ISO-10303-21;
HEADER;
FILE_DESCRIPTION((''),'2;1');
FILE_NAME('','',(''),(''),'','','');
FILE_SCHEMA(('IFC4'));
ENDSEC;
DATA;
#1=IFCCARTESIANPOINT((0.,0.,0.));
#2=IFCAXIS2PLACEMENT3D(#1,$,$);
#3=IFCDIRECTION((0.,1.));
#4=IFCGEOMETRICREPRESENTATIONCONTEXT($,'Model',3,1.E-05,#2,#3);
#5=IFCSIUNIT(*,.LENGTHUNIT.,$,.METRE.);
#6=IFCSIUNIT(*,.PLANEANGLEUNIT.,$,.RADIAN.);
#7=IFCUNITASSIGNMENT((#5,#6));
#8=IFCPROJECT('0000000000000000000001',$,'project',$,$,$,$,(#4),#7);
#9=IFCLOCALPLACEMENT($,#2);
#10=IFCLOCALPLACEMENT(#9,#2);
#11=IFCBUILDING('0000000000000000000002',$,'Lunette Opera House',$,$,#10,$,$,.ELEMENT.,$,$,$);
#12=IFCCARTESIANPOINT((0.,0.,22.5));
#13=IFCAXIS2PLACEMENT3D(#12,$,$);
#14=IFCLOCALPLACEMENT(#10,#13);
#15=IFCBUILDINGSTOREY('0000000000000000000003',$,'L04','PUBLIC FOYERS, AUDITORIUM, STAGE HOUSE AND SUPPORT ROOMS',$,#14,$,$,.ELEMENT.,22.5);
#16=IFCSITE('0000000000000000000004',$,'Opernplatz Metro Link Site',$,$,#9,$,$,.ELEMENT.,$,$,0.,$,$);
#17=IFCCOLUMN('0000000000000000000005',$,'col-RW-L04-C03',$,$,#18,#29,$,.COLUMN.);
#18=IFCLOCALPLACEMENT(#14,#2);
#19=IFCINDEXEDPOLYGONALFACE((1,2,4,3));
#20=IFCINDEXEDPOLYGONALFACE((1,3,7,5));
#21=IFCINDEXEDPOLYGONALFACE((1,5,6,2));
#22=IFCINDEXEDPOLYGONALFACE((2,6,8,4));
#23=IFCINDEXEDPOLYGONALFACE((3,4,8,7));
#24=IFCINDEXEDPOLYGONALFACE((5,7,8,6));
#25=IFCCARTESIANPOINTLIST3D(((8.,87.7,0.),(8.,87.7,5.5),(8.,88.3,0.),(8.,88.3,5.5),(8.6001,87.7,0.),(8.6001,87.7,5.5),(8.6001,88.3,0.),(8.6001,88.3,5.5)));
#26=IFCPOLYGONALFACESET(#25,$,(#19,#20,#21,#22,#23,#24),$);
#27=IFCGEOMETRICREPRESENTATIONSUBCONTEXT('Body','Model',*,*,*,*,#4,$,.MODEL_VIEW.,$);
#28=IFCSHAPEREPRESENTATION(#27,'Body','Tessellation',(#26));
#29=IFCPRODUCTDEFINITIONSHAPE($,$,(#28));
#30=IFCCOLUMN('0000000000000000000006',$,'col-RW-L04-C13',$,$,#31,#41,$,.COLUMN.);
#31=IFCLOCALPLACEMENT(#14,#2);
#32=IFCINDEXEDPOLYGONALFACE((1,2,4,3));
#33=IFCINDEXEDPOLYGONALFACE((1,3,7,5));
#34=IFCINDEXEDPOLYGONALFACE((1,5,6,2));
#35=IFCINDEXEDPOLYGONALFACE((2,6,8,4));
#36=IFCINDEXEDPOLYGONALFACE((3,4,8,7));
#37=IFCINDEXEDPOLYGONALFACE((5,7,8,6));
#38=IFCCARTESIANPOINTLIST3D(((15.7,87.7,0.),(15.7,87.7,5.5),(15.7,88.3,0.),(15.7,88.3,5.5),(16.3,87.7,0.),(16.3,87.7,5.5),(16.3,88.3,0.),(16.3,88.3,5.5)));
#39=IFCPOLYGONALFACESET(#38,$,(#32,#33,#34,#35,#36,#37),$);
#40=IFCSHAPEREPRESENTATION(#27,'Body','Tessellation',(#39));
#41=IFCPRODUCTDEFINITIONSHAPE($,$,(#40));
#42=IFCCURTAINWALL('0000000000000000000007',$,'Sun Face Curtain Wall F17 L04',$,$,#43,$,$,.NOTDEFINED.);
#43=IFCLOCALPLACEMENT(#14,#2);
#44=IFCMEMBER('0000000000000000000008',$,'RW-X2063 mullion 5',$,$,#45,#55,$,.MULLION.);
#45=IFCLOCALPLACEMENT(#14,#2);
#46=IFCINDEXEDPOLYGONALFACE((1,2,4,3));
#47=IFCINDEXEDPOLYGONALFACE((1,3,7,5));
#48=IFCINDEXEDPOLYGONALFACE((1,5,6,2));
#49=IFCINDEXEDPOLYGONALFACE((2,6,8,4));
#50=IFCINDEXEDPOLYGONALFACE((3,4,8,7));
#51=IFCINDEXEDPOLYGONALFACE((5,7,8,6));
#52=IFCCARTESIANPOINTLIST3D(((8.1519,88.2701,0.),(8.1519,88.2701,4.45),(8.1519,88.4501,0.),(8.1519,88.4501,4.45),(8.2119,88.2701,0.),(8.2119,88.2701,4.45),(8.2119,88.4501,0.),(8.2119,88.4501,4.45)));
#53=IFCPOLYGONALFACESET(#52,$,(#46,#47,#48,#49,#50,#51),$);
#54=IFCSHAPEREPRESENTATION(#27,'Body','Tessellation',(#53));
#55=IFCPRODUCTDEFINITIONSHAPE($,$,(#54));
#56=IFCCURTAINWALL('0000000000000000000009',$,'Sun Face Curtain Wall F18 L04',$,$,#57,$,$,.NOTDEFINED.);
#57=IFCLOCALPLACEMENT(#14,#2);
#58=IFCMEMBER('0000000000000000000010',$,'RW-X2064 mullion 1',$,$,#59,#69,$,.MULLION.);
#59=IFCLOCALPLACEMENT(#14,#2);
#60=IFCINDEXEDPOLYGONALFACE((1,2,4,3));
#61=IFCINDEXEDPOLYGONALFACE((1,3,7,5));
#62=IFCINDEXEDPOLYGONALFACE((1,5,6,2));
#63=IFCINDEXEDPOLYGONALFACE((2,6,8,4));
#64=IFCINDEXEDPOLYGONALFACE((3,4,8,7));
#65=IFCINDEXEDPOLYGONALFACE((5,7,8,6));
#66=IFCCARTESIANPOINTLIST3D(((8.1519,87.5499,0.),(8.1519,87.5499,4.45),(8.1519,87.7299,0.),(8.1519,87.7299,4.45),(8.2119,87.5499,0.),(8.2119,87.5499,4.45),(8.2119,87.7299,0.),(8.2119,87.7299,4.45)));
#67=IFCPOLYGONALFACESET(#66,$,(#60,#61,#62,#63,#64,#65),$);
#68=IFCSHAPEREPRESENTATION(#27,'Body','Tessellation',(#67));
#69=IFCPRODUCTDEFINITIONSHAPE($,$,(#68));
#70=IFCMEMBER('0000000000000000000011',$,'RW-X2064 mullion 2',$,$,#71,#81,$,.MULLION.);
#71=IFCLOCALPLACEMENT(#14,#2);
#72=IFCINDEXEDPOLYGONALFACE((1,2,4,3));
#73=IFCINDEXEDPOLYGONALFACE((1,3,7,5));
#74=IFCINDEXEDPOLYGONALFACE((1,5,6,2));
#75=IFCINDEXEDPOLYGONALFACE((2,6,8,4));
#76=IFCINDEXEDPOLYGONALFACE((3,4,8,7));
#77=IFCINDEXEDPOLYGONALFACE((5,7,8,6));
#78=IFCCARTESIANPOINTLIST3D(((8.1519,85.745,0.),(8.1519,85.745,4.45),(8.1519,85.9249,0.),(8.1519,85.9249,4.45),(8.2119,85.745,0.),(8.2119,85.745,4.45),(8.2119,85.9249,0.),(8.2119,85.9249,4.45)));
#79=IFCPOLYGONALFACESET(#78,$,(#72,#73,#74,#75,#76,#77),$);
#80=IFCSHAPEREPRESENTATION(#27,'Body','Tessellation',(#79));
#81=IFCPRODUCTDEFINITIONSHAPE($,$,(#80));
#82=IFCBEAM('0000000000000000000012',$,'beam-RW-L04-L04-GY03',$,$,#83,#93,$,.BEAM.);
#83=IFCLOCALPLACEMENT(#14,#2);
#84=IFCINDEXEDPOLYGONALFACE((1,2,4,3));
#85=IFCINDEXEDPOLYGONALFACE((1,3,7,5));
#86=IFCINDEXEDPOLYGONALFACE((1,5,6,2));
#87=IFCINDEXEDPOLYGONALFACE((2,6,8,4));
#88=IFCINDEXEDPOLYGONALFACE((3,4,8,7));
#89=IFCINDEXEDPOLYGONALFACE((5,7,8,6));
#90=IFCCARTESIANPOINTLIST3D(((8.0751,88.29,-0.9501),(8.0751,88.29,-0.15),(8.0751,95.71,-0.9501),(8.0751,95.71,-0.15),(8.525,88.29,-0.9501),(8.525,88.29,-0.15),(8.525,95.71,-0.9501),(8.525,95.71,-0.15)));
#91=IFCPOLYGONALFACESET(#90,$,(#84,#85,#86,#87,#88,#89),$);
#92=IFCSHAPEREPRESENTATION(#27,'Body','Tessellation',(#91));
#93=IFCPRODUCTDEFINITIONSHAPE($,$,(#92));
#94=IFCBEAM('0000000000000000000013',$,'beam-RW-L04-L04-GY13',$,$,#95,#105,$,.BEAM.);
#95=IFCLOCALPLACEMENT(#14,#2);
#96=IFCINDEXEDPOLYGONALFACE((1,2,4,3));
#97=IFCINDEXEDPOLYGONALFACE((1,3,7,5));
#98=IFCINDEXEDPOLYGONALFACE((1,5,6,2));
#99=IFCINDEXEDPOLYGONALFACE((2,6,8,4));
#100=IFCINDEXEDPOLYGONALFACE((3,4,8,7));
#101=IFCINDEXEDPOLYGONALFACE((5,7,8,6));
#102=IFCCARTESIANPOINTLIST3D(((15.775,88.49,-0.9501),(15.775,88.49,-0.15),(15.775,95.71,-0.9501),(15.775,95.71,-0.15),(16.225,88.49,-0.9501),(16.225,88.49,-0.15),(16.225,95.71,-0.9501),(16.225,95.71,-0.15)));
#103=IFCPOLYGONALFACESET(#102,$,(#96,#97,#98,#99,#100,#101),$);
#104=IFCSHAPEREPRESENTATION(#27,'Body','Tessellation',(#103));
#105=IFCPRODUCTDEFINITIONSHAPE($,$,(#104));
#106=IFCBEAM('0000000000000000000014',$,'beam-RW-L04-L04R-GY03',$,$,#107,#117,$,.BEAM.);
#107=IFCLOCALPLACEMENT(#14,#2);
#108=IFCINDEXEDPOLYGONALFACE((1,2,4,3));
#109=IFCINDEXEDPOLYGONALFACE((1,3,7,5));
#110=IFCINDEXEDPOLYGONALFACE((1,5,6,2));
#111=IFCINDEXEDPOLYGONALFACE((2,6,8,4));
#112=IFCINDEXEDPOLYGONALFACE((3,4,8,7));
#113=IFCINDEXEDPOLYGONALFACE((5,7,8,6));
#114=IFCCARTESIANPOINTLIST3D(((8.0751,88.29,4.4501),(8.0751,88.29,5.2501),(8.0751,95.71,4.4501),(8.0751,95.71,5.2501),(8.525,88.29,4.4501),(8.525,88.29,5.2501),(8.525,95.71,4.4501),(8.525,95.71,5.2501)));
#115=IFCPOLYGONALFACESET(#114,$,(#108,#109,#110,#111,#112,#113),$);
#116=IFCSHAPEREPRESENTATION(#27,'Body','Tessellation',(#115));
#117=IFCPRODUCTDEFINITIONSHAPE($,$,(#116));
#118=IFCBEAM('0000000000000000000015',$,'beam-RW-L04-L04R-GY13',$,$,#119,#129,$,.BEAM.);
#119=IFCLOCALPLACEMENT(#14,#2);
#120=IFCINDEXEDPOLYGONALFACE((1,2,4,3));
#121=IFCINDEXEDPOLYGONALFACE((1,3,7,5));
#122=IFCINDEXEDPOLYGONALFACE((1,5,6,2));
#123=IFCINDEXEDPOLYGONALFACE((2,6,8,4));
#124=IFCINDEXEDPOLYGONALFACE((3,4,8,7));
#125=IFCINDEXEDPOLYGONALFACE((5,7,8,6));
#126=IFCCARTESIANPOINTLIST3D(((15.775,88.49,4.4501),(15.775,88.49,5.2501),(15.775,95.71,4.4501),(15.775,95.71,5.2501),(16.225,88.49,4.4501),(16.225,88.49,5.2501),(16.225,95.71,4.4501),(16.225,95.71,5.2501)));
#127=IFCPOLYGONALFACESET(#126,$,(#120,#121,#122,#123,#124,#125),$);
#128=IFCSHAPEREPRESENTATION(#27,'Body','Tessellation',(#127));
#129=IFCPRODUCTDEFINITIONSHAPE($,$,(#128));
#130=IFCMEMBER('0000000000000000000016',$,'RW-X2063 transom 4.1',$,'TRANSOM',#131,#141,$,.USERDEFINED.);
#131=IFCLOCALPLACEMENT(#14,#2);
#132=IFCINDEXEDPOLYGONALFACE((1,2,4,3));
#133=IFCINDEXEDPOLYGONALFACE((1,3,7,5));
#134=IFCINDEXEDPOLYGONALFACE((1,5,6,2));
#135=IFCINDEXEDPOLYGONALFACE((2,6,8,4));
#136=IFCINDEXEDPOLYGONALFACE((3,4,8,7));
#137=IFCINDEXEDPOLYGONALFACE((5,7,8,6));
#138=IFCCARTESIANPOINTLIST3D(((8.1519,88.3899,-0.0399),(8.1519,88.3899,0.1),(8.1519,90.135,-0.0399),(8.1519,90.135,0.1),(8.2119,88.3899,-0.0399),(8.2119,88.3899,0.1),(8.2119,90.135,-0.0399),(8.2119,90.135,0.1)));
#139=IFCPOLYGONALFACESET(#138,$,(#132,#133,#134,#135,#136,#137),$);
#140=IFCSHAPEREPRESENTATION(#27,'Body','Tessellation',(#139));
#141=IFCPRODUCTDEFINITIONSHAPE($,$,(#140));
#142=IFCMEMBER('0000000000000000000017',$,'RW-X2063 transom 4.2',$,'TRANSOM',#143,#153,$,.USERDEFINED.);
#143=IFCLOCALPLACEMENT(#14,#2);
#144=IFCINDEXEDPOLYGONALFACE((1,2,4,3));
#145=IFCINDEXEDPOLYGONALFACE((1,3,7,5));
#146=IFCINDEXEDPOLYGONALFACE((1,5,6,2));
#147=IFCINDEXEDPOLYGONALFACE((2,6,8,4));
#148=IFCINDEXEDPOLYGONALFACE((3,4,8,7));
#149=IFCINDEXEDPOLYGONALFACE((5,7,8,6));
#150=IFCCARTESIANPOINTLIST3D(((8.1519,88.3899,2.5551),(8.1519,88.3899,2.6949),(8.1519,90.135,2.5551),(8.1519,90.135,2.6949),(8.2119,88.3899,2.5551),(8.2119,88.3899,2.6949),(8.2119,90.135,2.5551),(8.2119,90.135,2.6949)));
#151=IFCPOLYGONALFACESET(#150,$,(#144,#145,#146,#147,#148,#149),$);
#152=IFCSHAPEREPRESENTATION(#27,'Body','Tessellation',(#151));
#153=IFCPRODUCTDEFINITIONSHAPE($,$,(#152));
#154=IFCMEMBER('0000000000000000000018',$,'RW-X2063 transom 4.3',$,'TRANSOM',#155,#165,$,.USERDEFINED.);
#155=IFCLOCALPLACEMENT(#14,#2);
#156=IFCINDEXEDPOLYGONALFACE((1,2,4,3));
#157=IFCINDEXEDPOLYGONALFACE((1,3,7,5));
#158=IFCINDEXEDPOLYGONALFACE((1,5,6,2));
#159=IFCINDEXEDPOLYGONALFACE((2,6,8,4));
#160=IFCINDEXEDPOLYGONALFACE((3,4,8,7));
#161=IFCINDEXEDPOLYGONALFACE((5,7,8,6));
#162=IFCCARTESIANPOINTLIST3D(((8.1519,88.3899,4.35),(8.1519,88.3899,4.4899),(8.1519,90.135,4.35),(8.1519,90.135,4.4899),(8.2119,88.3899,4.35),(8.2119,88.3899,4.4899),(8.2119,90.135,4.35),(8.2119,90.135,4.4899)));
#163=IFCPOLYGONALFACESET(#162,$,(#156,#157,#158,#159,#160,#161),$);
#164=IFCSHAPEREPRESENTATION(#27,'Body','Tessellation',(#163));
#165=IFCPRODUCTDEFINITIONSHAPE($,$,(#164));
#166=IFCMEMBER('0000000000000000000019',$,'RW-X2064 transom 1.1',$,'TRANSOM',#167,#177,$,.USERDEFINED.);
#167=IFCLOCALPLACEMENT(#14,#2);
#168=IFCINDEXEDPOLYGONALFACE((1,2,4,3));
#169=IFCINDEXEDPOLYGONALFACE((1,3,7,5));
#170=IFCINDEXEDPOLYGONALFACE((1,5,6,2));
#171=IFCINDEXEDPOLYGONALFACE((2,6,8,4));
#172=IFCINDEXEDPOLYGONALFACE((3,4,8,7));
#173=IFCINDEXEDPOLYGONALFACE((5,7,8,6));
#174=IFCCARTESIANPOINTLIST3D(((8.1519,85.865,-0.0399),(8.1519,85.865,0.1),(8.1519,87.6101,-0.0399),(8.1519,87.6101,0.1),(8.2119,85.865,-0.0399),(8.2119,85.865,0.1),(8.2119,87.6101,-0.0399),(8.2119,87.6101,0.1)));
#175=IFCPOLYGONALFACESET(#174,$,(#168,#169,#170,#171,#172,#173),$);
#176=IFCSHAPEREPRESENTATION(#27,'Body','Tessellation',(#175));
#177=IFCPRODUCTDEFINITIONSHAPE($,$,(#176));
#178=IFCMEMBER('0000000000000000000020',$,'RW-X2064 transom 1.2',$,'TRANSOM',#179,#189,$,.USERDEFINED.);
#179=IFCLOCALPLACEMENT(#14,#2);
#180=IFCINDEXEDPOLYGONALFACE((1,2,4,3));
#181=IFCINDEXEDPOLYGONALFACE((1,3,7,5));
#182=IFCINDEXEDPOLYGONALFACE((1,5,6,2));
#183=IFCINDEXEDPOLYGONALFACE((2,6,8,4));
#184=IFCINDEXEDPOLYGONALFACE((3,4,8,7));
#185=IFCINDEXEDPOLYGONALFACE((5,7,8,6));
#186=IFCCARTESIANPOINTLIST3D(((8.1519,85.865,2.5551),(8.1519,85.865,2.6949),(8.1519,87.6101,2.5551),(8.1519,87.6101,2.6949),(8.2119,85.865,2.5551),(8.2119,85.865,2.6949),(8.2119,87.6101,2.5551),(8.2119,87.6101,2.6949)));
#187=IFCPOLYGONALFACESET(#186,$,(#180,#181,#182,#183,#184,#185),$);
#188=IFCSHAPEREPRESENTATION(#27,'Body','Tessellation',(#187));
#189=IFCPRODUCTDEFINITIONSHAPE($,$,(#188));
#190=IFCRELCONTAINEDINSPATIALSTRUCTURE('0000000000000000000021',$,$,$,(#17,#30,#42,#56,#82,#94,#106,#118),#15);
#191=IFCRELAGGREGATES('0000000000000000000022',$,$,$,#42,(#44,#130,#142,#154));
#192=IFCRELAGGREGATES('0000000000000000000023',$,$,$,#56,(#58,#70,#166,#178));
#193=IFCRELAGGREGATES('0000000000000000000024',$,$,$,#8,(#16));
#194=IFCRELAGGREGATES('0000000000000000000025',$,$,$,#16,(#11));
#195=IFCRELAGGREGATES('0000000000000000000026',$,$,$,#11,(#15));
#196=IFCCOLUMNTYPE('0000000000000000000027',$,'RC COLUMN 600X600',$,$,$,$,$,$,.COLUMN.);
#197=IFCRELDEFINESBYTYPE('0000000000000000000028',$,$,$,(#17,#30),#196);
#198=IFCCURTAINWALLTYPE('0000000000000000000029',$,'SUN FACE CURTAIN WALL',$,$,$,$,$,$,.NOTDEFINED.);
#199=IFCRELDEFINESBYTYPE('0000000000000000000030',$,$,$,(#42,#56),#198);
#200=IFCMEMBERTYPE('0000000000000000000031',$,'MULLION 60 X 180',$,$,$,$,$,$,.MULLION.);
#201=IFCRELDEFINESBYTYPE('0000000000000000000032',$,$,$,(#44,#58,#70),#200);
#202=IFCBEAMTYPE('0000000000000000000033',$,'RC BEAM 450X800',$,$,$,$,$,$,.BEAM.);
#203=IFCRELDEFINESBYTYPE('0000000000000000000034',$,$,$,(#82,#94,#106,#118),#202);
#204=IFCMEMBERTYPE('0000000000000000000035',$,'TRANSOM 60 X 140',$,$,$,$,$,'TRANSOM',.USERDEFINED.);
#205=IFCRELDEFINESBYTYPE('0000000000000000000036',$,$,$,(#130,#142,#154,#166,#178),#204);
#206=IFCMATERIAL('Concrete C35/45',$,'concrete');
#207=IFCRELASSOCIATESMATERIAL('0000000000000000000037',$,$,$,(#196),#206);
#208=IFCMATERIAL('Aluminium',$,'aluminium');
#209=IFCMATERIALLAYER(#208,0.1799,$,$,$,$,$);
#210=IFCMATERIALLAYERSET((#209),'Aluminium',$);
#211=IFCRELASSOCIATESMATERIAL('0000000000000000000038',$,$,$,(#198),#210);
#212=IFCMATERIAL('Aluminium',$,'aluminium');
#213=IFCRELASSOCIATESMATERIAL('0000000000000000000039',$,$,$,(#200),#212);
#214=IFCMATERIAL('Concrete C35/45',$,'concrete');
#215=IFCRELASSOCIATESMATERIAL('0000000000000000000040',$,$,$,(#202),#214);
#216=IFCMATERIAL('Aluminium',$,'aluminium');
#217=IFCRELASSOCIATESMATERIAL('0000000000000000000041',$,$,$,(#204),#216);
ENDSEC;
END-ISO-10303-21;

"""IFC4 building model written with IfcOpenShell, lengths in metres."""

from ifc_helpers import new_model, si_unit, direction, frame, origin, origin_2d, place, context, subcontext, project, spatial, rectangle, extrude, material, layer, layer_set, material_profile, profile_set, type_object, element, aggregate, save


model = new_model("IFC4")

# Units and contexts
model_context = context("Model", 3, precision=1e-05, world=origin(), true_north=direction((0.0, 1.0)))
body_context = subcontext(model_context, "Body", "Model", "MODEL_VIEW")
ifc_project = project(units=[si_unit("LENGTHUNIT", "METRE"), si_unit("PLANEANGLEUNIT", "RADIAN")], contexts=[model_context])

# Site, building, storey
site_placement = place(None, origin())
site = spatial("IfcSite", under=ifc_project, at=site_placement, Name="Opernplatz Metro Link Site", CompositionType="ELEMENT", RefElevation=0.0)
building_placement = place(site_placement, origin())
building = spatial("IfcBuilding", under=site, at=building_placement, Name="Lunette Opera House", CompositionType="ELEMENT")
storey_placement = place(building_placement, frame((0.0, 0.0, 22.5)))
storey = spatial("IfcBuildingStorey", under=building, at=storey_placement, Name="L04", Description="PUBLIC FOYERS, AUDITORIUM, STAGE HOUSE AND SUPPORT ROOMS", CompositionType="ELEMENT", Elevation=22.5)

# Columns
ifc_material_1 = material(Name="Concrete C35/45", Category="concrete")
ifc_material_profile_1 = material_profile(ifc_material_1, rectangle(XDim=0.6001, YDim=0.6001, at=origin_2d()), Name="RC COLUMN 600X600")
ifc_profile_set_1 = profile_set([ifc_material_profile_1], Name="Concrete C35/45")
column_type = type_object("IfcColumnType", Name="RC COLUMN 600X600", PredefinedType="COLUMN", material=ifc_profile_set_1)
for number, where, z_axis, x_axis, name in (
    (1, (8.3, 88.0, 0.0), (0.0, 0.0, 1.0), (1.0, 0.0, 0.0), "col-RW-L04-C03"),
    (2, (16.0, 88.0, 0.0), (0.0, 0.0, 1.0), (1.0, 0.0, 0.0), "col-RW-L04-C13"),
):
    element("IfcColumn", number, at=place(storey_placement, frame(where, z_axis=z_axis, x_axis=x_axis)), inside=storey, type_object=column_type, Name=name, PredefinedType="COLUMN", context=body_context, shape_type="SweptSolid", body=[
        extrude(rectangle(XDim=0.6001, YDim=0.6001, at=origin_2d()), origin(), (0.0, 0.0, 1.0), 5.5),
    ])

# Curtain wall, member
ifc_material_2 = material(Name="Aluminium", Category="aluminium")
ifc_layer_1 = layer(ifc_material_2, 0.1799)
ifc_layer_set_1 = layer_set([ifc_layer_1], Name="Aluminium")
curtain_wall_type = type_object("IfcCurtainWallType", Name="SUN FACE CURTAIN WALL", PredefinedType="NOTDEFINED", material=ifc_layer_set_1)
curtain_wall_1_placement = place(storey_placement, origin())
curtain_wall_1 = element("IfcCurtainWall", 3, at=curtain_wall_1_placement, inside=storey, type_object=curtain_wall_type, Name="Sun Face Curtain Wall F17 L04", PredefinedType="NOTDEFINED")
ifc_material_3 = material(Name="Aluminium", Category="aluminium")
ifc_material_profile_2 = material_profile(ifc_material_3, rectangle(XDim=0.0601, YDim=0.1799, at=origin_2d()), Name="MULLION 60 X 180")
ifc_profile_set_2 = profile_set([ifc_material_profile_2], Name="Aluminium")
member_type_1 = type_object("IfcMemberType", Name="MULLION 60 X 180", PredefinedType="MULLION", material=ifc_profile_set_2)
member_1_placement = place(storey_placement, frame((8.1819, 88.3601, 0.0), z_axis=(0.0, 0.0, 1.0), x_axis=(1.0, 0.0, 0.0)))
member_1 = element("IfcMember", 4, at=member_1_placement, type_object=member_type_1, Name="RW-X2063 mullion 5", PredefinedType="MULLION", context=body_context, shape_type="SweptSolid", body=[
    extrude(rectangle(XDim=0.0601, YDim=0.1799, at=origin_2d()), origin(), (0.0, 0.0, 1.0), 4.45),
])

# Curtain wall, members
curtain_wall_2_placement = place(storey_placement, origin())
curtain_wall_2 = element("IfcCurtainWall", 5, at=curtain_wall_2_placement, inside=storey, type_object=curtain_wall_type, Name="Sun Face Curtain Wall F18 L04", PredefinedType="NOTDEFINED")
member_2_placement = place(storey_placement, frame((8.1819, 87.6399, 0.0), z_axis=(0.0, 0.0, 1.0), x_axis=(1.0, 0.0, 0.0)))
member_2 = element("IfcMember", 6, at=member_2_placement, type_object=member_type_1, Name="RW-X2064 mullion 1", PredefinedType="MULLION", context=body_context, shape_type="SweptSolid", body=[
    extrude(rectangle(XDim=0.0601, YDim=0.1799, at=origin_2d()), origin(), (0.0, 0.0, 1.0), 4.45),
])
member_3_placement = place(storey_placement, frame((8.1819, 85.835, 0.0), z_axis=(0.0, 0.0, 1.0), x_axis=(1.0, 0.0, 0.0)))
member_3 = element("IfcMember", 7, at=member_3_placement, type_object=member_type_1, Name="RW-X2064 mullion 2", PredefinedType="MULLION", context=body_context, shape_type="SweptSolid", body=[
    extrude(rectangle(XDim=0.0601, YDim=0.1799, at=origin_2d()), origin(), (0.0, 0.0, 1.0), 4.45),
])

# Beams
ifc_material_4 = material(Name="Concrete C35/45", Category="concrete")
ifc_material_profile_3 = material_profile(ifc_material_4, rectangle(XDim=0.45, YDim=0.8, at=origin_2d()), Name="RC BEAM 450X800")
ifc_profile_set_3 = profile_set([ifc_material_profile_3], Name="Concrete C35/45")
beam_type = type_object("IfcBeamType", Name="RC BEAM 450X800", PredefinedType="BEAM", material=ifc_profile_set_3)
beam_1_placement = place(storey_placement, frame((8.3, 88.29, -0.55), z_axis=(0.0, 1.0, 0.0), x_axis=(-1.0, 0.0, 0.0)))
element("IfcBeam", 8, at=beam_1_placement, inside=storey, type_object=beam_type, Name="beam-RW-L04-L04-GY03", PredefinedType="BEAM", context=body_context, shape_type="SweptSolid", body=[
    extrude(rectangle(XDim=0.45, YDim=0.8, at=origin_2d()), origin(), (0.0, 0.0, 1.0), 7.4199),
])
beam_2_placement = place(storey_placement, frame((16.0, 88.49, -0.55), z_axis=(0.0, 1.0, 0.0), x_axis=(-1.0, 0.0, 0.0)))
element("IfcBeam", 9, at=beam_2_placement, inside=storey, type_object=beam_type, Name="beam-RW-L04-L04-GY13", PredefinedType="BEAM", context=body_context, shape_type="SweptSolid", body=[
    extrude(rectangle(XDim=0.45, YDim=0.8, at=origin_2d()), origin(), (0.0, 0.0, 1.0), 7.22),
])
beam_3_placement = place(storey_placement, frame((8.3, 88.29, 4.8501), z_axis=(0.0, 1.0, 0.0), x_axis=(-1.0, 0.0, 0.0)))
element("IfcBeam", 10, at=beam_3_placement, inside=storey, type_object=beam_type, Name="beam-RW-L04-L04R-GY03", PredefinedType="BEAM", context=body_context, shape_type="SweptSolid", body=[
    extrude(rectangle(XDim=0.45, YDim=0.8, at=origin_2d()), origin(), (0.0, 0.0, 1.0), 7.4199),
])
beam_4_placement = place(storey_placement, frame((16.0, 88.49, 4.8501), z_axis=(0.0, 1.0, 0.0), x_axis=(-1.0, 0.0, 0.0)))
element("IfcBeam", 11, at=beam_4_placement, inside=storey, type_object=beam_type, Name="beam-RW-L04-L04R-GY13", PredefinedType="BEAM", context=body_context, shape_type="SweptSolid", body=[
    extrude(rectangle(XDim=0.45, YDim=0.8, at=origin_2d()), origin(), (0.0, 0.0, 1.0), 7.22),
])

# Members
ifc_material_5 = material(Name="Aluminium", Category="aluminium")
ifc_material_profile_4 = material_profile(ifc_material_5, rectangle(XDim=0.0601, YDim=0.1399, at=origin_2d()), Name="TRANSOM 60 X 140")
ifc_profile_set_4 = profile_set([ifc_material_profile_4], Name="Aluminium")
member_type_2 = type_object("IfcMemberType", Name="TRANSOM 60 X 140", ElementType="TRANSOM", PredefinedType="USERDEFINED", material=ifc_profile_set_4)
member_4_placement = place(storey_placement, frame((8.1819, 90.135, 0.03), z_axis=(0.0, -1.0, 0.0), x_axis=(1.0, 0.0, 0.0)))
member_4 = element("IfcMember", 12, at=member_4_placement, type_object=member_type_2, Name="RW-X2063 transom 4.1", ObjectType="TRANSOM", PredefinedType="USERDEFINED", context=body_context, shape_type="SweptSolid", body=[
    extrude(rectangle(XDim=0.0601, YDim=0.1399, at=origin_2d()), origin(), (0.0, 0.0, 1.0), 1.7451),
])
member_5_placement = place(storey_placement, frame((8.1819, 90.135, 2.625), z_axis=(0.0, -1.0, 0.0), x_axis=(1.0, 0.0, 0.0)))
member_5 = element("IfcMember", 13, at=member_5_placement, type_object=member_type_2, Name="RW-X2063 transom 4.2", ObjectType="TRANSOM", PredefinedType="USERDEFINED", context=body_context, shape_type="SweptSolid", body=[
    extrude(rectangle(XDim=0.0601, YDim=0.1399, at=origin_2d()), origin(), (0.0, 0.0, 1.0), 1.7451),
])
member_6_placement = place(storey_placement, frame((8.1819, 90.135, 4.4199), z_axis=(0.0, -1.0, 0.0), x_axis=(1.0, 0.0, 0.0)))
member_6 = element("IfcMember", 14, at=member_6_placement, type_object=member_type_2, Name="RW-X2063 transom 4.3", ObjectType="TRANSOM", PredefinedType="USERDEFINED", context=body_context, shape_type="SweptSolid", body=[
    extrude(rectangle(XDim=0.0601, YDim=0.1399, at=origin_2d()), origin(), (0.0, 0.0, 1.0), 1.7451),
])
member_7_placement = place(storey_placement, frame((8.1819, 87.6101, 0.03), z_axis=(0.0, -1.0, 0.0), x_axis=(1.0, 0.0, 0.0)))
member_7 = element("IfcMember", 15, at=member_7_placement, type_object=member_type_2, Name="RW-X2064 transom 1.1", ObjectType="TRANSOM", PredefinedType="USERDEFINED", context=body_context, shape_type="SweptSolid", body=[
    extrude(rectangle(XDim=0.0601, YDim=0.1399, at=origin_2d()), origin(), (0.0, 0.0, 1.0), 1.7451),
])
member_8_placement = place(storey_placement, frame((8.1819, 87.6101, 2.625), z_axis=(0.0, -1.0, 0.0), x_axis=(1.0, 0.0, 0.0)))
member_8 = element("IfcMember", 16, at=member_8_placement, type_object=member_type_2, Name="RW-X2064 transom 1.2", ObjectType="TRANSOM", PredefinedType="USERDEFINED", context=body_context, shape_type="SweptSolid", body=[
    extrude(rectangle(XDim=0.0601, YDim=0.1399, at=origin_2d()), origin(), (0.0, 0.0, 1.0), 1.7451),
])

aggregate(curtain_wall_1, [member_1, member_4, member_5, member_6])
aggregate(curtain_wall_2, [member_2, member_3, member_7, member_8])

save(model, "model.ifc")
